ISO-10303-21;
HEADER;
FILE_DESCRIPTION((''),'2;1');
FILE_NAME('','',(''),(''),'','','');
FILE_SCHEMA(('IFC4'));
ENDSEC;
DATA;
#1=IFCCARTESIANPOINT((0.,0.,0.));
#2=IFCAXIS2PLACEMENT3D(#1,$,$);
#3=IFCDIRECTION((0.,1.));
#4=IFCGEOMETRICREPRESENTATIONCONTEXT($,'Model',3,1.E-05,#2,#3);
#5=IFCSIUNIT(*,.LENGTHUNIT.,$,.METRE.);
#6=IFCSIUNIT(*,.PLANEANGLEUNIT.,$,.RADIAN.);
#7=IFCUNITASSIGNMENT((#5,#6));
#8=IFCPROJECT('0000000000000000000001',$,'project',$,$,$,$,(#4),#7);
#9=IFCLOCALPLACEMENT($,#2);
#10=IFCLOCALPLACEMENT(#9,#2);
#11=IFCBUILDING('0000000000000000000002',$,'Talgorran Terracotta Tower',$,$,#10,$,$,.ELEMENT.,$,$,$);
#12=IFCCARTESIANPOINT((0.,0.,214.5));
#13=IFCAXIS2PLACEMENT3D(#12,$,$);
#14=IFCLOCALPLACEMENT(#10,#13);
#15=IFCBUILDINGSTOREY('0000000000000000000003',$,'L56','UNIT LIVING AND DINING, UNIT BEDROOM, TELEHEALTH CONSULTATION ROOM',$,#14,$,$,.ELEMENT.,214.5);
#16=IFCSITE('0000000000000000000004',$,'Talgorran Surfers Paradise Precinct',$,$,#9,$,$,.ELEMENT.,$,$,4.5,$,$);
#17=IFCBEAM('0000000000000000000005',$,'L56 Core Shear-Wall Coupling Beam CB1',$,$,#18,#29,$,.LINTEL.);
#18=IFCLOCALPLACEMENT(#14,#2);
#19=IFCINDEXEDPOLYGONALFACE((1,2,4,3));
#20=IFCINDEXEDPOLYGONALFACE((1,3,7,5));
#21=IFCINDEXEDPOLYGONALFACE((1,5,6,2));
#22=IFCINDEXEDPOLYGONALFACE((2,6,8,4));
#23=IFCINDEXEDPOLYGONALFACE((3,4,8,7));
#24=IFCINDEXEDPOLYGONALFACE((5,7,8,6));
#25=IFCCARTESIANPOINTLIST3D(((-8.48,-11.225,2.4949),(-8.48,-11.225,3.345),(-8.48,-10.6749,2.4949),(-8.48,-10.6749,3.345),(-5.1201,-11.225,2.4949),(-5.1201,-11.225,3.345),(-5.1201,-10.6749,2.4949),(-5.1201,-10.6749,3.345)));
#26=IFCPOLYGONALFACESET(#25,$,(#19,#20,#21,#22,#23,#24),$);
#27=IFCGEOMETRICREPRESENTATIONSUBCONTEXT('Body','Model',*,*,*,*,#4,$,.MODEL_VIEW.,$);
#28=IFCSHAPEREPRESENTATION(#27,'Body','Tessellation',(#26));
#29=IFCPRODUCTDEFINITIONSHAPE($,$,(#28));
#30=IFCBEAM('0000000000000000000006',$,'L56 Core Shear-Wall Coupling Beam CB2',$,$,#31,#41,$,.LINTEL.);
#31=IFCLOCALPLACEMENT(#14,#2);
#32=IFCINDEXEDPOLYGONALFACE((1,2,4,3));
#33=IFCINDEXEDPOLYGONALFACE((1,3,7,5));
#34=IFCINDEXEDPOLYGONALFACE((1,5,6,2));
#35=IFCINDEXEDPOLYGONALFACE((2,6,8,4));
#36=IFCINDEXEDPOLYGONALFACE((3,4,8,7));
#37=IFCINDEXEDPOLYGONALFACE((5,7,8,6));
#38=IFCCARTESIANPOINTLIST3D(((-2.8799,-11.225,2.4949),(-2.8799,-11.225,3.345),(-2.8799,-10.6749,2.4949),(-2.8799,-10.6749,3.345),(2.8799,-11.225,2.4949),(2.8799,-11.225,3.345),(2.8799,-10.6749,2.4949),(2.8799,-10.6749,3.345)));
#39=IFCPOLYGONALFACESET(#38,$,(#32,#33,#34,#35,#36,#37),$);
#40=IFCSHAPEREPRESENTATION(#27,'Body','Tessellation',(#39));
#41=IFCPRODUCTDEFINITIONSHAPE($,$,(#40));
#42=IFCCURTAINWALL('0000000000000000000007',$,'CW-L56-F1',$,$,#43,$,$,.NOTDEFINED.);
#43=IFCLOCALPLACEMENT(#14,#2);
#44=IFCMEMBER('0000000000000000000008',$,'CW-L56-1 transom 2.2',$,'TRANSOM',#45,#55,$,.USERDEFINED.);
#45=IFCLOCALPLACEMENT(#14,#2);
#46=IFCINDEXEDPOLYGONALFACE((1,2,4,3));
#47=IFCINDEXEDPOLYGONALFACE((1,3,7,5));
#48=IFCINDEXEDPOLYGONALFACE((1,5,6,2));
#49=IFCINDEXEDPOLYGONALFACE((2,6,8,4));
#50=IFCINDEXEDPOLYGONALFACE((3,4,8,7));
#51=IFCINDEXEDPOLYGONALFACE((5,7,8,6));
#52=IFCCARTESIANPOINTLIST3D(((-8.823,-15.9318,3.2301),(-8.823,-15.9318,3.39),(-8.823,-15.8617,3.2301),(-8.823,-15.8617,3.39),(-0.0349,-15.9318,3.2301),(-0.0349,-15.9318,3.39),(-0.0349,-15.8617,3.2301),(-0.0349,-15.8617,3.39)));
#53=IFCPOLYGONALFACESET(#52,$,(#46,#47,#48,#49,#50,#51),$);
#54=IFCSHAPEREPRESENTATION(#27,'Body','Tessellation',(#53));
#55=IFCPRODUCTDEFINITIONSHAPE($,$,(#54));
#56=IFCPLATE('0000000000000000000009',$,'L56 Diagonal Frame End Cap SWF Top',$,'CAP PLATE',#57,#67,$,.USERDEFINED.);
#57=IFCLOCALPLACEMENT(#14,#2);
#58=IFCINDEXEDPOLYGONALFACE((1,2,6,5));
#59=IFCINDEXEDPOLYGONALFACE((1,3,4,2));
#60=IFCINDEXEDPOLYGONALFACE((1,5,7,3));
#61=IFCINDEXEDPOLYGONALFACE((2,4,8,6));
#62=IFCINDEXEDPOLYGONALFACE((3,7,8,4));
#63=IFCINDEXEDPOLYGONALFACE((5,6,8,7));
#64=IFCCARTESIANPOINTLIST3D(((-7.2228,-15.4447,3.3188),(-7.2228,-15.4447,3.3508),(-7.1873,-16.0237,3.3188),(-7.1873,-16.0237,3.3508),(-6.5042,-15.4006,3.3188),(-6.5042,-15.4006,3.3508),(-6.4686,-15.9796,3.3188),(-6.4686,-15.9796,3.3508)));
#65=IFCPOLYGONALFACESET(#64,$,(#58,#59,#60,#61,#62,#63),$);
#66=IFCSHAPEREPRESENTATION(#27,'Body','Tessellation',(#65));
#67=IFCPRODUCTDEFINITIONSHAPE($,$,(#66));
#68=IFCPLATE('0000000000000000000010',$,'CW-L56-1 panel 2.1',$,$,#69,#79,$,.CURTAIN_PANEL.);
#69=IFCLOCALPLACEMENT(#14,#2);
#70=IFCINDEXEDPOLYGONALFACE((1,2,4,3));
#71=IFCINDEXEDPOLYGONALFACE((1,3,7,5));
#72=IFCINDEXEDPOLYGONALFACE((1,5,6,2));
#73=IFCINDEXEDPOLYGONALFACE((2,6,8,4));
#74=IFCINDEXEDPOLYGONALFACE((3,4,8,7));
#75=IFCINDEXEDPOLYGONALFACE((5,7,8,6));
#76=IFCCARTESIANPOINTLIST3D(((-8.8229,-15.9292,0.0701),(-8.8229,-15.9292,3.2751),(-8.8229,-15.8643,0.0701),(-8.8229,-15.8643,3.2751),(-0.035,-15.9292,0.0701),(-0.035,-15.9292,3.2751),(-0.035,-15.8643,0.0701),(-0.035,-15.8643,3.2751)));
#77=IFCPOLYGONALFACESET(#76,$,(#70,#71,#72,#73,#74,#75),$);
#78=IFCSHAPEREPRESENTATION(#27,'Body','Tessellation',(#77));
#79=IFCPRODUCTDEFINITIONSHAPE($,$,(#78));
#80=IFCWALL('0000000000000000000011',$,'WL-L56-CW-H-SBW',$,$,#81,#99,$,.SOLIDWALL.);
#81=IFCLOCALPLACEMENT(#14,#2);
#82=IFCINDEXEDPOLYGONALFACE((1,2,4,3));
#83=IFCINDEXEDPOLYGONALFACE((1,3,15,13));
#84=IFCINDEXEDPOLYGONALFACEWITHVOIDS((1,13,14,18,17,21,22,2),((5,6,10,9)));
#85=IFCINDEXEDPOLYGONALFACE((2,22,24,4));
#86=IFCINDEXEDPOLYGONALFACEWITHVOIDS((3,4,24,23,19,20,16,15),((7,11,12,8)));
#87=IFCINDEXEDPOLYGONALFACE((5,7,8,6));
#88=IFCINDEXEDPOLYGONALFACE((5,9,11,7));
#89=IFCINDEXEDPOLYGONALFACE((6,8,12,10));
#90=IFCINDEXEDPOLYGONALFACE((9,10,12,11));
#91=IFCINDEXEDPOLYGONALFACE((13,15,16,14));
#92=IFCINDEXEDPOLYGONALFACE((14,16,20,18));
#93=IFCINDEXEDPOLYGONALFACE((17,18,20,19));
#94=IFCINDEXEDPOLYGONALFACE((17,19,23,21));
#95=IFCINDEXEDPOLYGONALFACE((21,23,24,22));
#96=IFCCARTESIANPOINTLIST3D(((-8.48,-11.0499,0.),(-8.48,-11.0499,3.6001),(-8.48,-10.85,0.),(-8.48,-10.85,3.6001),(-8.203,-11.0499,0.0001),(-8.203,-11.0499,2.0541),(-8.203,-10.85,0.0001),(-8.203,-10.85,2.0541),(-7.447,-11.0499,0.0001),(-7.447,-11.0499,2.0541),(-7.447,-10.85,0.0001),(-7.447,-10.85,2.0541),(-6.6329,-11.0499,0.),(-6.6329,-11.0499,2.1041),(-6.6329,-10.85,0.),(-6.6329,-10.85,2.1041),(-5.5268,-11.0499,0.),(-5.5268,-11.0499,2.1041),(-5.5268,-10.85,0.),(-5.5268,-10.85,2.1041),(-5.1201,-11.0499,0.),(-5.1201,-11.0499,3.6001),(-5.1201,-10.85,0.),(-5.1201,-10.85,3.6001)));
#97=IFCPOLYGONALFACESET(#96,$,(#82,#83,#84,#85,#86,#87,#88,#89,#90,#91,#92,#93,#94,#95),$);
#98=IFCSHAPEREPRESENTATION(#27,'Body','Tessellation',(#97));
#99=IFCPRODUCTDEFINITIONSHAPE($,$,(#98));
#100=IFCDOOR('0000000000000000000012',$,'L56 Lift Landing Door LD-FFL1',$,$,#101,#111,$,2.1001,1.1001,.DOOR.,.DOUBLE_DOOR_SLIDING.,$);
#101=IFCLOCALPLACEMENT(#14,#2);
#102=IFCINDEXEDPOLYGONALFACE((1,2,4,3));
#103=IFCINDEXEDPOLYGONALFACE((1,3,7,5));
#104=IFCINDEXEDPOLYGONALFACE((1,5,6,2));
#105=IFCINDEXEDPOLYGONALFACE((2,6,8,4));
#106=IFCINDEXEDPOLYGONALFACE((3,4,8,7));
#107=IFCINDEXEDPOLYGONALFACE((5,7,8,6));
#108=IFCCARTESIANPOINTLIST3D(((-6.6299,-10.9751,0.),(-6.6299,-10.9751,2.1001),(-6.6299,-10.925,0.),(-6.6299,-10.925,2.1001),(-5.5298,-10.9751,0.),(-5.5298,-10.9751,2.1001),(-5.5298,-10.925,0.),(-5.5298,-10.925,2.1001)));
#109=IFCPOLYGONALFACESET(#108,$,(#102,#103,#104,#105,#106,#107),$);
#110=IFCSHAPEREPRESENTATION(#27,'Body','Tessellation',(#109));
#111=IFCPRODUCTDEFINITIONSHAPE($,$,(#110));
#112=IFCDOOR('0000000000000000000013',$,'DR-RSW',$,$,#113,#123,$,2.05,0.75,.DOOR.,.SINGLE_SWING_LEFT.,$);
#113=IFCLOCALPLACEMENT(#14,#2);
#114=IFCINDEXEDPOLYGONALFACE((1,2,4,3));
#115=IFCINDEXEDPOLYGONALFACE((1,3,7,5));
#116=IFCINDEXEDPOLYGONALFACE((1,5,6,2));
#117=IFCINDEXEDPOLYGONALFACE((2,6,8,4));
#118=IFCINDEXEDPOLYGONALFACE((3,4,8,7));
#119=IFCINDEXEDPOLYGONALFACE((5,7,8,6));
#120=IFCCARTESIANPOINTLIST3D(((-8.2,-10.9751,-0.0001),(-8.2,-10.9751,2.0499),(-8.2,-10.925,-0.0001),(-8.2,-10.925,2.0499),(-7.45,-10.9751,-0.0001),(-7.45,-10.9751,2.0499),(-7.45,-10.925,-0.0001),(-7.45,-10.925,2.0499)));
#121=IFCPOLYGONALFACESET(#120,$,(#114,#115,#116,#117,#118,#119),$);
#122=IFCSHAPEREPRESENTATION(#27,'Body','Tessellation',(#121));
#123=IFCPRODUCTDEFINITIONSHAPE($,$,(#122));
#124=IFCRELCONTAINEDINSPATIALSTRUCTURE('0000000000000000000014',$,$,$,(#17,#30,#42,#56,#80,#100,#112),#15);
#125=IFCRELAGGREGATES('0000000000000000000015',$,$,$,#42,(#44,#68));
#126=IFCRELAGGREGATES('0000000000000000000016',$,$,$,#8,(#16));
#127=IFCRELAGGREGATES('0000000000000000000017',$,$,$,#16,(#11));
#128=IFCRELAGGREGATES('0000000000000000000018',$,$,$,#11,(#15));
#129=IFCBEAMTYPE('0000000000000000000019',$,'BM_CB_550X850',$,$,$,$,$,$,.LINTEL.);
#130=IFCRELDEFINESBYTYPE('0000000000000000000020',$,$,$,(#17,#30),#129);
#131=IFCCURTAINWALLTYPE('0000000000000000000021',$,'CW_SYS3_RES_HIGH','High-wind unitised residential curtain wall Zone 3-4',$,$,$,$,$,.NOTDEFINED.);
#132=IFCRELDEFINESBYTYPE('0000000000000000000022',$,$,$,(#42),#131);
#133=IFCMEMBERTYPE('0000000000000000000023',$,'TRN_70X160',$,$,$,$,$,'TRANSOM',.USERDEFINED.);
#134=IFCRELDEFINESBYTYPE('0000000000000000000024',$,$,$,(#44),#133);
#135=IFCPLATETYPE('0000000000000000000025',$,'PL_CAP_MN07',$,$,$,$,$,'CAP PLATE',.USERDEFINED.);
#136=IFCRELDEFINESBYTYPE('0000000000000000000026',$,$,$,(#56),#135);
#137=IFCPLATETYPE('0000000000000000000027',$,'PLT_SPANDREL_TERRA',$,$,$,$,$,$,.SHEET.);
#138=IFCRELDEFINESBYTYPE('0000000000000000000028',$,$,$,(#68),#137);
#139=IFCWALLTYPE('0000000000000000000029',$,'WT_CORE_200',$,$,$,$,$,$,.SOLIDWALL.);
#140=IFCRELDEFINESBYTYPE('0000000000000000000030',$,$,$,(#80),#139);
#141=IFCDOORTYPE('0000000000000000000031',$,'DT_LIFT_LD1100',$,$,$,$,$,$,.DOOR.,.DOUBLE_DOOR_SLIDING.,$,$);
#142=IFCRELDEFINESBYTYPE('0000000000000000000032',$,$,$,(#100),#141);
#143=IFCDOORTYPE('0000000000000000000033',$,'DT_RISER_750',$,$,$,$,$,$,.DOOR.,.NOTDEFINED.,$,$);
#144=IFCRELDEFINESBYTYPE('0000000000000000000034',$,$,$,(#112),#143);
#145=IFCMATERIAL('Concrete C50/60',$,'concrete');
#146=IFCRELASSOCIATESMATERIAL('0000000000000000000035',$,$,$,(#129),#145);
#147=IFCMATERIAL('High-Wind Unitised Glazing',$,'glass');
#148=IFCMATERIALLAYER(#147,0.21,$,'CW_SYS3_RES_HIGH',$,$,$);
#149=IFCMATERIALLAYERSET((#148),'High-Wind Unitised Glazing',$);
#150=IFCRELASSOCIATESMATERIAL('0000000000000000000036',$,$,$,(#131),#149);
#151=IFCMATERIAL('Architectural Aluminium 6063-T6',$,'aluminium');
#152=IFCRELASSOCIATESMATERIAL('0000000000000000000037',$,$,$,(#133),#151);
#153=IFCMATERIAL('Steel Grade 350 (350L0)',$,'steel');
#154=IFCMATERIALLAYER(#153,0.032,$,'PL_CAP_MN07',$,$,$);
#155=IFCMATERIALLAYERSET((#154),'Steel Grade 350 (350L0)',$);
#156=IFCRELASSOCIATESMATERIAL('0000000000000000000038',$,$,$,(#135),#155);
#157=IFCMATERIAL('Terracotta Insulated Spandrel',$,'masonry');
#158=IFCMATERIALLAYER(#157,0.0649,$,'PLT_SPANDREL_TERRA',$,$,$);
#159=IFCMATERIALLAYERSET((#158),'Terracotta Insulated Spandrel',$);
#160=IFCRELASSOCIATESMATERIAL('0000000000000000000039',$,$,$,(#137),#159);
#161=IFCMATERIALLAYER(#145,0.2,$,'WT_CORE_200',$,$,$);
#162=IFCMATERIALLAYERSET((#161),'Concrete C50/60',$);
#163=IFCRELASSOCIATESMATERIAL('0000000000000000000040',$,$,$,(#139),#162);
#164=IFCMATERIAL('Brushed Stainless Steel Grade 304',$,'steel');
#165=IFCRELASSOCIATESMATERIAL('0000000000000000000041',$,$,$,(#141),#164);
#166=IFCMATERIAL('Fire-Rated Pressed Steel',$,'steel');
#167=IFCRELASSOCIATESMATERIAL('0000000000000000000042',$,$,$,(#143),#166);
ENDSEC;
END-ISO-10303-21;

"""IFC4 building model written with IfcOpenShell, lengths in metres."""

from ifc_helpers import new_model, si_unit, direction, frame, frame_2d, origin, origin_2d, place, context, subcontext, project, spatial, rectangle, extrude, source, transform, mapped, material, layer, layer_set, material_profile, profile_set, type_object, type_shapes, element, fill, aggregate, save


model = new_model("IFC4")

# Units and contexts
model_context = context("Model", 3, precision=1e-05, world=origin(), true_north=direction((0.0, 1.0)))
body_context = subcontext(model_context, "Body", "Model", "MODEL_VIEW")
ifc_project = project(units=[si_unit("LENGTHUNIT", "METRE"), si_unit("PLANEANGLEUNIT", "RADIAN")], contexts=[model_context])

# Site, building, storey
site_placement = place(None, origin())
site = spatial("IfcSite", under=ifc_project, at=site_placement, Name="Talgorran Surfers Paradise Precinct", CompositionType="ELEMENT", RefElevation=4.5)
building_placement = place(site_placement, origin())
building = spatial("IfcBuilding", under=site, at=building_placement, Name="Talgorran Terracotta Tower", CompositionType="ELEMENT")
storey_placement = place(building_placement, frame((0.0, 0.0, 214.5)))
storey = spatial("IfcBuildingStorey", under=building, at=storey_placement, Name="L56", Description="UNIT LIVING AND DINING, UNIT BEDROOM, TELEHEALTH CONSULTATION ROOM", CompositionType="ELEMENT", Elevation=214.5)

# Beams
ifc_material_1 = material(Name="Concrete C50/60", Category="concrete")
ifc_material_profile_1 = material_profile(ifc_material_1, rectangle(XDim=0.55, YDim=0.8501, at=origin_2d()), Name="RCCB550X850")
ifc_profile_set_1 = profile_set([ifc_material_profile_1], Name="Concrete C50/60")
beam_type = type_object("IfcBeamType", Name="BM_CB_550X850", PredefinedType="LINTEL", material=ifc_profile_set_1)
beam_1_placement = place(storey_placement, frame((-8.48, -10.95, 2.9199), z_axis=(1.0, 0.0, 0.0), x_axis=(0.0, 1.0, 0.0)))
element("IfcBeam", 1, at=beam_1_placement, inside=storey, type_object=beam_type, Name="L56 Core Shear-Wall Coupling Beam CB1", PredefinedType="LINTEL", context=body_context, shape_type="SweptSolid", body=[
    extrude(rectangle(XDim=0.55, YDim=0.8501, at=origin_2d()), origin(), (0.0, 0.0, 1.0), 3.3599),
])
beam_2_placement = place(storey_placement, frame((-2.8799, -10.95, 2.9199), z_axis=(1.0, 0.0, 0.0), x_axis=(0.0, 1.0, 0.0)))
element("IfcBeam", 2, at=beam_2_placement, inside=storey, type_object=beam_type, Name="L56 Core Shear-Wall Coupling Beam CB2", PredefinedType="LINTEL", context=body_context, shape_type="SweptSolid", body=[
    extrude(rectangle(XDim=0.55, YDim=0.8501, at=origin_2d()), origin(), (0.0, 0.0, 1.0), 5.7598),
])

# Curtain wall, member
ifc_material_2 = material(Name="High-Wind Unitised Glazing", Category="glass")
ifc_layer_1 = layer(ifc_material_2, 0.21, Name="CW_SYS3_RES_HIGH")
ifc_layer_set_1 = layer_set([ifc_layer_1], Name="High-Wind Unitised Glazing")
curtain_wall_type = type_object("IfcCurtainWallType", Name="CW_SYS3_RES_HIGH", Description="High-wind unitised residential curtain wall Zone 3-4", PredefinedType="NOTDEFINED", material=ifc_layer_set_1)
curtain_wall_placement = place(storey_placement, origin())
curtain_wall = element("IfcCurtainWall", 3, at=curtain_wall_placement, inside=storey, type_object=curtain_wall_type, Name="CW-L56-F1", PredefinedType="NOTDEFINED")
ifc_material_3 = material(Name="Architectural Aluminium 6063-T6", Category="aluminium")
ifc_material_profile_2 = material_profile(ifc_material_3, rectangle(XDim=0.0701, YDim=0.1599, at=origin_2d()), Name="CWT70X160")
ifc_profile_set_2 = profile_set([ifc_material_profile_2], Name="Architectural Aluminium 6063-T6")
member_type = type_object("IfcMemberType", Name="TRN_70X160", ElementType="TRANSOM", PredefinedType="USERDEFINED", material=ifc_profile_set_2)
member_placement = place(storey_placement, frame((-8.823, -15.8967, 3.3101), z_axis=(1.0, 0.0, 0.0), x_axis=(0.0, 1.0, 0.0)))
member = element("IfcMember", 4, at=member_placement, type_object=member_type, Name="CW-L56-1 transom 2.2", ObjectType="TRANSOM", PredefinedType="USERDEFINED", context=body_context, shape_type="SweptSolid", body=[
    extrude(rectangle(XDim=0.0701, YDim=0.1599, at=origin_2d()), origin(), (0.0, 0.0, 1.0), 8.7881),
])

# Plates
ifc_material_4 = material(Name="Steel Grade 350 (350L0)", Category="steel")
ifc_layer_2 = layer(ifc_material_4, 0.032, Name="PL_CAP_MN07")
ifc_layer_set_2 = layer_set([ifc_layer_2], Name="Steel Grade 350 (350L0)")
plate_type_1 = type_object("IfcPlateType", Name="PL_CAP_MN07", ElementType="CAP PLATE", PredefinedType="USERDEFINED", material=ifc_layer_set_2)
plate_1_placement = place(storey_placement, frame((-6.8457, -15.7122, 3.3188), z_axis=(0.0, 0.0, 1.0), x_axis=(0.998124, 0.061223, 0.0)))
element("IfcPlate", 5, at=plate_1_placement, inside=storey, type_object=plate_type_1, Name="L56 Diagonal Frame End Cap SWF Top", ObjectType="CAP PLATE", PredefinedType="USERDEFINED", context=body_context, shape_type="SweptSolid", body=[
    extrude(rectangle(XDim=0.72, YDim=0.5801, at=origin_2d()), origin(), (0.0, 0.0, 1.0), 0.032),
])
ifc_material_5 = material(Name="Terracotta Insulated Spandrel", Category="masonry")
ifc_layer_3 = layer(ifc_material_5, 0.0649, Name="PLT_SPANDREL_TERRA")
ifc_layer_set_3 = layer_set([ifc_layer_3], Name="Terracotta Insulated Spandrel")
plate_type_2 = type_object("IfcPlateType", Name="PLT_SPANDREL_TERRA", PredefinedType="SHEET", material=ifc_layer_set_3)
shared_shape = source(origin(), body_context, "Body", "SweptSolid", [
    extrude(rectangle(XDim=8.7878, YDim=0.0649, at=origin_2d()), origin(), (0.0, 0.0, 1.0), 3.2051),
])
type_shapes(plate_type_2, [shared_shape])
plate_2_placement = place(storey_placement, frame((-4.429, -15.8967, 0.0701), z_axis=(0.0, 0.0, 1.0), x_axis=(1.0, 0.0, 0.0)))
plate_2 = element("IfcPlate", 6, at=plate_2_placement, type_object=plate_type_2, Name="CW-L56-1 panel 2.1", PredefinedType="CURTAIN_PANEL", context=body_context, shape_type="MappedRepresentation", body=[
    mapped(shared_shape, transform((0.0, 0.0, 0.0), scale=1.0)),
])
aggregate(curtain_wall, [member, plate_2])

# Wall, openings, doors
ifc_layer_4 = layer(ifc_material_1, 0.2, Name="WT_CORE_200")
ifc_layer_set_4 = layer_set([ifc_layer_4], Name="Concrete C50/60")
wall_type_1 = type_object("IfcWallType", Name="WT_CORE_200", PredefinedType="SOLIDWALL", material=ifc_layer_set_4)
wall_1_placement = place(storey_placement, frame((-8.48, -10.95, 0.0), z_axis=(0.0, 0.0, 1.0), x_axis=(1.0, 0.0, 0.0)))
wall_1 = element("IfcWall", 7, at=wall_1_placement, inside=storey, type_object=wall_type_1, Name="WL-L56-CW-H-SBW", PredefinedType="SOLIDWALL", context=body_context, shape_type="SweptSolid", body=[
    extrude(rectangle(XDim=3.3599, YDim=0.2, at=frame_2d((1.6799, 0.0))), origin(), (0.0, 0.0, 1.0), 3.6001),
])
opening_1_placement = place(wall_1_placement, frame((0.28, 0.0, 0.0)))
opening_1 = element("IfcOpeningElement", 8, at=opening_1_placement, cuts=wall_1, PredefinedType="OPENING", context=body_context, shape_type="SweptSolid", body=[
    extrude(rectangle(XDim=0.756, YDim=2.054, at=frame_2d((0.375, 1.0271))), frame((0.0, 0.1099, 0.0), z_axis=(0.0, -1.0, 0.0), x_axis=(1.0, 0.0, 0.0)), (0.0, 0.0, 1.0), 0.22),
])
opening_2_placement = place(wall_1_placement, frame((1.8501, 0.0, 0.0)))
opening_2 = element("IfcOpeningElement", 9, at=opening_2_placement, cuts=wall_1, PredefinedType="OPENING", context=body_context, shape_type="SweptSolid", body=[
    extrude(rectangle(XDim=1.1061, YDim=2.1041, at=frame_2d((0.55, 1.052))), frame((0.0, 0.1099, 0.0), z_axis=(0.0, -1.0, 0.0), x_axis=(1.0, 0.0, 0.0)), (0.0, 0.0, 1.0), 0.22),
])
ifc_material_6 = material(Name="Brushed Stainless Steel Grade 304", Category="steel")
door_type_1 = type_object("IfcDoorType", Name="DT_LIFT_LD1100", OperationType="DOUBLE_DOOR_SLIDING", PredefinedType="DOOR", material=ifc_material_6)
door_1_placement = place(opening_2_placement, origin())
door_1 = element("IfcDoor", 10, at=door_1_placement, inside=storey, type_object=door_type_1, Name="L56 Lift Landing Door LD-FFL1", OperationType="DOUBLE_DOOR_SLIDING", OverallHeight=2.1001, OverallWidth=1.1001, PredefinedType="DOOR", context=body_context, shape_type="SweptSolid", body=[
    extrude(rectangle(XDim=1.1001, YDim=2.1001, at=frame_2d((0.55, 1.05))), frame((0.0, 0.0249, 0.0), z_axis=(0.0, -1.0, 0.0), x_axis=(1.0, 0.0, 0.0)), (0.0, 0.0, 1.0), 0.05),
])
fill(opening_2, door_1)
ifc_material_7 = material(Name="Fire-Rated Pressed Steel", Category="steel")
door_type_2 = type_object("IfcDoorType", Name="DT_RISER_750", OperationType="NOTDEFINED", PredefinedType="DOOR", material=ifc_material_7)
door_2_placement = place(opening_1_placement, origin())
door_2 = element("IfcDoor", 11, at=door_2_placement, inside=storey, type_object=door_type_2, Name="DR-RSW", OperationType="SINGLE_SWING_LEFT", OverallHeight=2.05, OverallWidth=0.75, PredefinedType="DOOR", context=body_context, shape_type="SweptSolid", body=[
    extrude(rectangle(XDim=0.75, YDim=2.05, at=frame_2d((0.375, 1.0249))), frame((0.0, 0.0249, 0.0), z_axis=(0.0, -1.0, 0.0), x_axis=(1.0, 0.0, 0.0)), (0.0, 0.0, 1.0), 0.05),
])
fill(opening_1, door_2)

save(model, "model.ifc")
